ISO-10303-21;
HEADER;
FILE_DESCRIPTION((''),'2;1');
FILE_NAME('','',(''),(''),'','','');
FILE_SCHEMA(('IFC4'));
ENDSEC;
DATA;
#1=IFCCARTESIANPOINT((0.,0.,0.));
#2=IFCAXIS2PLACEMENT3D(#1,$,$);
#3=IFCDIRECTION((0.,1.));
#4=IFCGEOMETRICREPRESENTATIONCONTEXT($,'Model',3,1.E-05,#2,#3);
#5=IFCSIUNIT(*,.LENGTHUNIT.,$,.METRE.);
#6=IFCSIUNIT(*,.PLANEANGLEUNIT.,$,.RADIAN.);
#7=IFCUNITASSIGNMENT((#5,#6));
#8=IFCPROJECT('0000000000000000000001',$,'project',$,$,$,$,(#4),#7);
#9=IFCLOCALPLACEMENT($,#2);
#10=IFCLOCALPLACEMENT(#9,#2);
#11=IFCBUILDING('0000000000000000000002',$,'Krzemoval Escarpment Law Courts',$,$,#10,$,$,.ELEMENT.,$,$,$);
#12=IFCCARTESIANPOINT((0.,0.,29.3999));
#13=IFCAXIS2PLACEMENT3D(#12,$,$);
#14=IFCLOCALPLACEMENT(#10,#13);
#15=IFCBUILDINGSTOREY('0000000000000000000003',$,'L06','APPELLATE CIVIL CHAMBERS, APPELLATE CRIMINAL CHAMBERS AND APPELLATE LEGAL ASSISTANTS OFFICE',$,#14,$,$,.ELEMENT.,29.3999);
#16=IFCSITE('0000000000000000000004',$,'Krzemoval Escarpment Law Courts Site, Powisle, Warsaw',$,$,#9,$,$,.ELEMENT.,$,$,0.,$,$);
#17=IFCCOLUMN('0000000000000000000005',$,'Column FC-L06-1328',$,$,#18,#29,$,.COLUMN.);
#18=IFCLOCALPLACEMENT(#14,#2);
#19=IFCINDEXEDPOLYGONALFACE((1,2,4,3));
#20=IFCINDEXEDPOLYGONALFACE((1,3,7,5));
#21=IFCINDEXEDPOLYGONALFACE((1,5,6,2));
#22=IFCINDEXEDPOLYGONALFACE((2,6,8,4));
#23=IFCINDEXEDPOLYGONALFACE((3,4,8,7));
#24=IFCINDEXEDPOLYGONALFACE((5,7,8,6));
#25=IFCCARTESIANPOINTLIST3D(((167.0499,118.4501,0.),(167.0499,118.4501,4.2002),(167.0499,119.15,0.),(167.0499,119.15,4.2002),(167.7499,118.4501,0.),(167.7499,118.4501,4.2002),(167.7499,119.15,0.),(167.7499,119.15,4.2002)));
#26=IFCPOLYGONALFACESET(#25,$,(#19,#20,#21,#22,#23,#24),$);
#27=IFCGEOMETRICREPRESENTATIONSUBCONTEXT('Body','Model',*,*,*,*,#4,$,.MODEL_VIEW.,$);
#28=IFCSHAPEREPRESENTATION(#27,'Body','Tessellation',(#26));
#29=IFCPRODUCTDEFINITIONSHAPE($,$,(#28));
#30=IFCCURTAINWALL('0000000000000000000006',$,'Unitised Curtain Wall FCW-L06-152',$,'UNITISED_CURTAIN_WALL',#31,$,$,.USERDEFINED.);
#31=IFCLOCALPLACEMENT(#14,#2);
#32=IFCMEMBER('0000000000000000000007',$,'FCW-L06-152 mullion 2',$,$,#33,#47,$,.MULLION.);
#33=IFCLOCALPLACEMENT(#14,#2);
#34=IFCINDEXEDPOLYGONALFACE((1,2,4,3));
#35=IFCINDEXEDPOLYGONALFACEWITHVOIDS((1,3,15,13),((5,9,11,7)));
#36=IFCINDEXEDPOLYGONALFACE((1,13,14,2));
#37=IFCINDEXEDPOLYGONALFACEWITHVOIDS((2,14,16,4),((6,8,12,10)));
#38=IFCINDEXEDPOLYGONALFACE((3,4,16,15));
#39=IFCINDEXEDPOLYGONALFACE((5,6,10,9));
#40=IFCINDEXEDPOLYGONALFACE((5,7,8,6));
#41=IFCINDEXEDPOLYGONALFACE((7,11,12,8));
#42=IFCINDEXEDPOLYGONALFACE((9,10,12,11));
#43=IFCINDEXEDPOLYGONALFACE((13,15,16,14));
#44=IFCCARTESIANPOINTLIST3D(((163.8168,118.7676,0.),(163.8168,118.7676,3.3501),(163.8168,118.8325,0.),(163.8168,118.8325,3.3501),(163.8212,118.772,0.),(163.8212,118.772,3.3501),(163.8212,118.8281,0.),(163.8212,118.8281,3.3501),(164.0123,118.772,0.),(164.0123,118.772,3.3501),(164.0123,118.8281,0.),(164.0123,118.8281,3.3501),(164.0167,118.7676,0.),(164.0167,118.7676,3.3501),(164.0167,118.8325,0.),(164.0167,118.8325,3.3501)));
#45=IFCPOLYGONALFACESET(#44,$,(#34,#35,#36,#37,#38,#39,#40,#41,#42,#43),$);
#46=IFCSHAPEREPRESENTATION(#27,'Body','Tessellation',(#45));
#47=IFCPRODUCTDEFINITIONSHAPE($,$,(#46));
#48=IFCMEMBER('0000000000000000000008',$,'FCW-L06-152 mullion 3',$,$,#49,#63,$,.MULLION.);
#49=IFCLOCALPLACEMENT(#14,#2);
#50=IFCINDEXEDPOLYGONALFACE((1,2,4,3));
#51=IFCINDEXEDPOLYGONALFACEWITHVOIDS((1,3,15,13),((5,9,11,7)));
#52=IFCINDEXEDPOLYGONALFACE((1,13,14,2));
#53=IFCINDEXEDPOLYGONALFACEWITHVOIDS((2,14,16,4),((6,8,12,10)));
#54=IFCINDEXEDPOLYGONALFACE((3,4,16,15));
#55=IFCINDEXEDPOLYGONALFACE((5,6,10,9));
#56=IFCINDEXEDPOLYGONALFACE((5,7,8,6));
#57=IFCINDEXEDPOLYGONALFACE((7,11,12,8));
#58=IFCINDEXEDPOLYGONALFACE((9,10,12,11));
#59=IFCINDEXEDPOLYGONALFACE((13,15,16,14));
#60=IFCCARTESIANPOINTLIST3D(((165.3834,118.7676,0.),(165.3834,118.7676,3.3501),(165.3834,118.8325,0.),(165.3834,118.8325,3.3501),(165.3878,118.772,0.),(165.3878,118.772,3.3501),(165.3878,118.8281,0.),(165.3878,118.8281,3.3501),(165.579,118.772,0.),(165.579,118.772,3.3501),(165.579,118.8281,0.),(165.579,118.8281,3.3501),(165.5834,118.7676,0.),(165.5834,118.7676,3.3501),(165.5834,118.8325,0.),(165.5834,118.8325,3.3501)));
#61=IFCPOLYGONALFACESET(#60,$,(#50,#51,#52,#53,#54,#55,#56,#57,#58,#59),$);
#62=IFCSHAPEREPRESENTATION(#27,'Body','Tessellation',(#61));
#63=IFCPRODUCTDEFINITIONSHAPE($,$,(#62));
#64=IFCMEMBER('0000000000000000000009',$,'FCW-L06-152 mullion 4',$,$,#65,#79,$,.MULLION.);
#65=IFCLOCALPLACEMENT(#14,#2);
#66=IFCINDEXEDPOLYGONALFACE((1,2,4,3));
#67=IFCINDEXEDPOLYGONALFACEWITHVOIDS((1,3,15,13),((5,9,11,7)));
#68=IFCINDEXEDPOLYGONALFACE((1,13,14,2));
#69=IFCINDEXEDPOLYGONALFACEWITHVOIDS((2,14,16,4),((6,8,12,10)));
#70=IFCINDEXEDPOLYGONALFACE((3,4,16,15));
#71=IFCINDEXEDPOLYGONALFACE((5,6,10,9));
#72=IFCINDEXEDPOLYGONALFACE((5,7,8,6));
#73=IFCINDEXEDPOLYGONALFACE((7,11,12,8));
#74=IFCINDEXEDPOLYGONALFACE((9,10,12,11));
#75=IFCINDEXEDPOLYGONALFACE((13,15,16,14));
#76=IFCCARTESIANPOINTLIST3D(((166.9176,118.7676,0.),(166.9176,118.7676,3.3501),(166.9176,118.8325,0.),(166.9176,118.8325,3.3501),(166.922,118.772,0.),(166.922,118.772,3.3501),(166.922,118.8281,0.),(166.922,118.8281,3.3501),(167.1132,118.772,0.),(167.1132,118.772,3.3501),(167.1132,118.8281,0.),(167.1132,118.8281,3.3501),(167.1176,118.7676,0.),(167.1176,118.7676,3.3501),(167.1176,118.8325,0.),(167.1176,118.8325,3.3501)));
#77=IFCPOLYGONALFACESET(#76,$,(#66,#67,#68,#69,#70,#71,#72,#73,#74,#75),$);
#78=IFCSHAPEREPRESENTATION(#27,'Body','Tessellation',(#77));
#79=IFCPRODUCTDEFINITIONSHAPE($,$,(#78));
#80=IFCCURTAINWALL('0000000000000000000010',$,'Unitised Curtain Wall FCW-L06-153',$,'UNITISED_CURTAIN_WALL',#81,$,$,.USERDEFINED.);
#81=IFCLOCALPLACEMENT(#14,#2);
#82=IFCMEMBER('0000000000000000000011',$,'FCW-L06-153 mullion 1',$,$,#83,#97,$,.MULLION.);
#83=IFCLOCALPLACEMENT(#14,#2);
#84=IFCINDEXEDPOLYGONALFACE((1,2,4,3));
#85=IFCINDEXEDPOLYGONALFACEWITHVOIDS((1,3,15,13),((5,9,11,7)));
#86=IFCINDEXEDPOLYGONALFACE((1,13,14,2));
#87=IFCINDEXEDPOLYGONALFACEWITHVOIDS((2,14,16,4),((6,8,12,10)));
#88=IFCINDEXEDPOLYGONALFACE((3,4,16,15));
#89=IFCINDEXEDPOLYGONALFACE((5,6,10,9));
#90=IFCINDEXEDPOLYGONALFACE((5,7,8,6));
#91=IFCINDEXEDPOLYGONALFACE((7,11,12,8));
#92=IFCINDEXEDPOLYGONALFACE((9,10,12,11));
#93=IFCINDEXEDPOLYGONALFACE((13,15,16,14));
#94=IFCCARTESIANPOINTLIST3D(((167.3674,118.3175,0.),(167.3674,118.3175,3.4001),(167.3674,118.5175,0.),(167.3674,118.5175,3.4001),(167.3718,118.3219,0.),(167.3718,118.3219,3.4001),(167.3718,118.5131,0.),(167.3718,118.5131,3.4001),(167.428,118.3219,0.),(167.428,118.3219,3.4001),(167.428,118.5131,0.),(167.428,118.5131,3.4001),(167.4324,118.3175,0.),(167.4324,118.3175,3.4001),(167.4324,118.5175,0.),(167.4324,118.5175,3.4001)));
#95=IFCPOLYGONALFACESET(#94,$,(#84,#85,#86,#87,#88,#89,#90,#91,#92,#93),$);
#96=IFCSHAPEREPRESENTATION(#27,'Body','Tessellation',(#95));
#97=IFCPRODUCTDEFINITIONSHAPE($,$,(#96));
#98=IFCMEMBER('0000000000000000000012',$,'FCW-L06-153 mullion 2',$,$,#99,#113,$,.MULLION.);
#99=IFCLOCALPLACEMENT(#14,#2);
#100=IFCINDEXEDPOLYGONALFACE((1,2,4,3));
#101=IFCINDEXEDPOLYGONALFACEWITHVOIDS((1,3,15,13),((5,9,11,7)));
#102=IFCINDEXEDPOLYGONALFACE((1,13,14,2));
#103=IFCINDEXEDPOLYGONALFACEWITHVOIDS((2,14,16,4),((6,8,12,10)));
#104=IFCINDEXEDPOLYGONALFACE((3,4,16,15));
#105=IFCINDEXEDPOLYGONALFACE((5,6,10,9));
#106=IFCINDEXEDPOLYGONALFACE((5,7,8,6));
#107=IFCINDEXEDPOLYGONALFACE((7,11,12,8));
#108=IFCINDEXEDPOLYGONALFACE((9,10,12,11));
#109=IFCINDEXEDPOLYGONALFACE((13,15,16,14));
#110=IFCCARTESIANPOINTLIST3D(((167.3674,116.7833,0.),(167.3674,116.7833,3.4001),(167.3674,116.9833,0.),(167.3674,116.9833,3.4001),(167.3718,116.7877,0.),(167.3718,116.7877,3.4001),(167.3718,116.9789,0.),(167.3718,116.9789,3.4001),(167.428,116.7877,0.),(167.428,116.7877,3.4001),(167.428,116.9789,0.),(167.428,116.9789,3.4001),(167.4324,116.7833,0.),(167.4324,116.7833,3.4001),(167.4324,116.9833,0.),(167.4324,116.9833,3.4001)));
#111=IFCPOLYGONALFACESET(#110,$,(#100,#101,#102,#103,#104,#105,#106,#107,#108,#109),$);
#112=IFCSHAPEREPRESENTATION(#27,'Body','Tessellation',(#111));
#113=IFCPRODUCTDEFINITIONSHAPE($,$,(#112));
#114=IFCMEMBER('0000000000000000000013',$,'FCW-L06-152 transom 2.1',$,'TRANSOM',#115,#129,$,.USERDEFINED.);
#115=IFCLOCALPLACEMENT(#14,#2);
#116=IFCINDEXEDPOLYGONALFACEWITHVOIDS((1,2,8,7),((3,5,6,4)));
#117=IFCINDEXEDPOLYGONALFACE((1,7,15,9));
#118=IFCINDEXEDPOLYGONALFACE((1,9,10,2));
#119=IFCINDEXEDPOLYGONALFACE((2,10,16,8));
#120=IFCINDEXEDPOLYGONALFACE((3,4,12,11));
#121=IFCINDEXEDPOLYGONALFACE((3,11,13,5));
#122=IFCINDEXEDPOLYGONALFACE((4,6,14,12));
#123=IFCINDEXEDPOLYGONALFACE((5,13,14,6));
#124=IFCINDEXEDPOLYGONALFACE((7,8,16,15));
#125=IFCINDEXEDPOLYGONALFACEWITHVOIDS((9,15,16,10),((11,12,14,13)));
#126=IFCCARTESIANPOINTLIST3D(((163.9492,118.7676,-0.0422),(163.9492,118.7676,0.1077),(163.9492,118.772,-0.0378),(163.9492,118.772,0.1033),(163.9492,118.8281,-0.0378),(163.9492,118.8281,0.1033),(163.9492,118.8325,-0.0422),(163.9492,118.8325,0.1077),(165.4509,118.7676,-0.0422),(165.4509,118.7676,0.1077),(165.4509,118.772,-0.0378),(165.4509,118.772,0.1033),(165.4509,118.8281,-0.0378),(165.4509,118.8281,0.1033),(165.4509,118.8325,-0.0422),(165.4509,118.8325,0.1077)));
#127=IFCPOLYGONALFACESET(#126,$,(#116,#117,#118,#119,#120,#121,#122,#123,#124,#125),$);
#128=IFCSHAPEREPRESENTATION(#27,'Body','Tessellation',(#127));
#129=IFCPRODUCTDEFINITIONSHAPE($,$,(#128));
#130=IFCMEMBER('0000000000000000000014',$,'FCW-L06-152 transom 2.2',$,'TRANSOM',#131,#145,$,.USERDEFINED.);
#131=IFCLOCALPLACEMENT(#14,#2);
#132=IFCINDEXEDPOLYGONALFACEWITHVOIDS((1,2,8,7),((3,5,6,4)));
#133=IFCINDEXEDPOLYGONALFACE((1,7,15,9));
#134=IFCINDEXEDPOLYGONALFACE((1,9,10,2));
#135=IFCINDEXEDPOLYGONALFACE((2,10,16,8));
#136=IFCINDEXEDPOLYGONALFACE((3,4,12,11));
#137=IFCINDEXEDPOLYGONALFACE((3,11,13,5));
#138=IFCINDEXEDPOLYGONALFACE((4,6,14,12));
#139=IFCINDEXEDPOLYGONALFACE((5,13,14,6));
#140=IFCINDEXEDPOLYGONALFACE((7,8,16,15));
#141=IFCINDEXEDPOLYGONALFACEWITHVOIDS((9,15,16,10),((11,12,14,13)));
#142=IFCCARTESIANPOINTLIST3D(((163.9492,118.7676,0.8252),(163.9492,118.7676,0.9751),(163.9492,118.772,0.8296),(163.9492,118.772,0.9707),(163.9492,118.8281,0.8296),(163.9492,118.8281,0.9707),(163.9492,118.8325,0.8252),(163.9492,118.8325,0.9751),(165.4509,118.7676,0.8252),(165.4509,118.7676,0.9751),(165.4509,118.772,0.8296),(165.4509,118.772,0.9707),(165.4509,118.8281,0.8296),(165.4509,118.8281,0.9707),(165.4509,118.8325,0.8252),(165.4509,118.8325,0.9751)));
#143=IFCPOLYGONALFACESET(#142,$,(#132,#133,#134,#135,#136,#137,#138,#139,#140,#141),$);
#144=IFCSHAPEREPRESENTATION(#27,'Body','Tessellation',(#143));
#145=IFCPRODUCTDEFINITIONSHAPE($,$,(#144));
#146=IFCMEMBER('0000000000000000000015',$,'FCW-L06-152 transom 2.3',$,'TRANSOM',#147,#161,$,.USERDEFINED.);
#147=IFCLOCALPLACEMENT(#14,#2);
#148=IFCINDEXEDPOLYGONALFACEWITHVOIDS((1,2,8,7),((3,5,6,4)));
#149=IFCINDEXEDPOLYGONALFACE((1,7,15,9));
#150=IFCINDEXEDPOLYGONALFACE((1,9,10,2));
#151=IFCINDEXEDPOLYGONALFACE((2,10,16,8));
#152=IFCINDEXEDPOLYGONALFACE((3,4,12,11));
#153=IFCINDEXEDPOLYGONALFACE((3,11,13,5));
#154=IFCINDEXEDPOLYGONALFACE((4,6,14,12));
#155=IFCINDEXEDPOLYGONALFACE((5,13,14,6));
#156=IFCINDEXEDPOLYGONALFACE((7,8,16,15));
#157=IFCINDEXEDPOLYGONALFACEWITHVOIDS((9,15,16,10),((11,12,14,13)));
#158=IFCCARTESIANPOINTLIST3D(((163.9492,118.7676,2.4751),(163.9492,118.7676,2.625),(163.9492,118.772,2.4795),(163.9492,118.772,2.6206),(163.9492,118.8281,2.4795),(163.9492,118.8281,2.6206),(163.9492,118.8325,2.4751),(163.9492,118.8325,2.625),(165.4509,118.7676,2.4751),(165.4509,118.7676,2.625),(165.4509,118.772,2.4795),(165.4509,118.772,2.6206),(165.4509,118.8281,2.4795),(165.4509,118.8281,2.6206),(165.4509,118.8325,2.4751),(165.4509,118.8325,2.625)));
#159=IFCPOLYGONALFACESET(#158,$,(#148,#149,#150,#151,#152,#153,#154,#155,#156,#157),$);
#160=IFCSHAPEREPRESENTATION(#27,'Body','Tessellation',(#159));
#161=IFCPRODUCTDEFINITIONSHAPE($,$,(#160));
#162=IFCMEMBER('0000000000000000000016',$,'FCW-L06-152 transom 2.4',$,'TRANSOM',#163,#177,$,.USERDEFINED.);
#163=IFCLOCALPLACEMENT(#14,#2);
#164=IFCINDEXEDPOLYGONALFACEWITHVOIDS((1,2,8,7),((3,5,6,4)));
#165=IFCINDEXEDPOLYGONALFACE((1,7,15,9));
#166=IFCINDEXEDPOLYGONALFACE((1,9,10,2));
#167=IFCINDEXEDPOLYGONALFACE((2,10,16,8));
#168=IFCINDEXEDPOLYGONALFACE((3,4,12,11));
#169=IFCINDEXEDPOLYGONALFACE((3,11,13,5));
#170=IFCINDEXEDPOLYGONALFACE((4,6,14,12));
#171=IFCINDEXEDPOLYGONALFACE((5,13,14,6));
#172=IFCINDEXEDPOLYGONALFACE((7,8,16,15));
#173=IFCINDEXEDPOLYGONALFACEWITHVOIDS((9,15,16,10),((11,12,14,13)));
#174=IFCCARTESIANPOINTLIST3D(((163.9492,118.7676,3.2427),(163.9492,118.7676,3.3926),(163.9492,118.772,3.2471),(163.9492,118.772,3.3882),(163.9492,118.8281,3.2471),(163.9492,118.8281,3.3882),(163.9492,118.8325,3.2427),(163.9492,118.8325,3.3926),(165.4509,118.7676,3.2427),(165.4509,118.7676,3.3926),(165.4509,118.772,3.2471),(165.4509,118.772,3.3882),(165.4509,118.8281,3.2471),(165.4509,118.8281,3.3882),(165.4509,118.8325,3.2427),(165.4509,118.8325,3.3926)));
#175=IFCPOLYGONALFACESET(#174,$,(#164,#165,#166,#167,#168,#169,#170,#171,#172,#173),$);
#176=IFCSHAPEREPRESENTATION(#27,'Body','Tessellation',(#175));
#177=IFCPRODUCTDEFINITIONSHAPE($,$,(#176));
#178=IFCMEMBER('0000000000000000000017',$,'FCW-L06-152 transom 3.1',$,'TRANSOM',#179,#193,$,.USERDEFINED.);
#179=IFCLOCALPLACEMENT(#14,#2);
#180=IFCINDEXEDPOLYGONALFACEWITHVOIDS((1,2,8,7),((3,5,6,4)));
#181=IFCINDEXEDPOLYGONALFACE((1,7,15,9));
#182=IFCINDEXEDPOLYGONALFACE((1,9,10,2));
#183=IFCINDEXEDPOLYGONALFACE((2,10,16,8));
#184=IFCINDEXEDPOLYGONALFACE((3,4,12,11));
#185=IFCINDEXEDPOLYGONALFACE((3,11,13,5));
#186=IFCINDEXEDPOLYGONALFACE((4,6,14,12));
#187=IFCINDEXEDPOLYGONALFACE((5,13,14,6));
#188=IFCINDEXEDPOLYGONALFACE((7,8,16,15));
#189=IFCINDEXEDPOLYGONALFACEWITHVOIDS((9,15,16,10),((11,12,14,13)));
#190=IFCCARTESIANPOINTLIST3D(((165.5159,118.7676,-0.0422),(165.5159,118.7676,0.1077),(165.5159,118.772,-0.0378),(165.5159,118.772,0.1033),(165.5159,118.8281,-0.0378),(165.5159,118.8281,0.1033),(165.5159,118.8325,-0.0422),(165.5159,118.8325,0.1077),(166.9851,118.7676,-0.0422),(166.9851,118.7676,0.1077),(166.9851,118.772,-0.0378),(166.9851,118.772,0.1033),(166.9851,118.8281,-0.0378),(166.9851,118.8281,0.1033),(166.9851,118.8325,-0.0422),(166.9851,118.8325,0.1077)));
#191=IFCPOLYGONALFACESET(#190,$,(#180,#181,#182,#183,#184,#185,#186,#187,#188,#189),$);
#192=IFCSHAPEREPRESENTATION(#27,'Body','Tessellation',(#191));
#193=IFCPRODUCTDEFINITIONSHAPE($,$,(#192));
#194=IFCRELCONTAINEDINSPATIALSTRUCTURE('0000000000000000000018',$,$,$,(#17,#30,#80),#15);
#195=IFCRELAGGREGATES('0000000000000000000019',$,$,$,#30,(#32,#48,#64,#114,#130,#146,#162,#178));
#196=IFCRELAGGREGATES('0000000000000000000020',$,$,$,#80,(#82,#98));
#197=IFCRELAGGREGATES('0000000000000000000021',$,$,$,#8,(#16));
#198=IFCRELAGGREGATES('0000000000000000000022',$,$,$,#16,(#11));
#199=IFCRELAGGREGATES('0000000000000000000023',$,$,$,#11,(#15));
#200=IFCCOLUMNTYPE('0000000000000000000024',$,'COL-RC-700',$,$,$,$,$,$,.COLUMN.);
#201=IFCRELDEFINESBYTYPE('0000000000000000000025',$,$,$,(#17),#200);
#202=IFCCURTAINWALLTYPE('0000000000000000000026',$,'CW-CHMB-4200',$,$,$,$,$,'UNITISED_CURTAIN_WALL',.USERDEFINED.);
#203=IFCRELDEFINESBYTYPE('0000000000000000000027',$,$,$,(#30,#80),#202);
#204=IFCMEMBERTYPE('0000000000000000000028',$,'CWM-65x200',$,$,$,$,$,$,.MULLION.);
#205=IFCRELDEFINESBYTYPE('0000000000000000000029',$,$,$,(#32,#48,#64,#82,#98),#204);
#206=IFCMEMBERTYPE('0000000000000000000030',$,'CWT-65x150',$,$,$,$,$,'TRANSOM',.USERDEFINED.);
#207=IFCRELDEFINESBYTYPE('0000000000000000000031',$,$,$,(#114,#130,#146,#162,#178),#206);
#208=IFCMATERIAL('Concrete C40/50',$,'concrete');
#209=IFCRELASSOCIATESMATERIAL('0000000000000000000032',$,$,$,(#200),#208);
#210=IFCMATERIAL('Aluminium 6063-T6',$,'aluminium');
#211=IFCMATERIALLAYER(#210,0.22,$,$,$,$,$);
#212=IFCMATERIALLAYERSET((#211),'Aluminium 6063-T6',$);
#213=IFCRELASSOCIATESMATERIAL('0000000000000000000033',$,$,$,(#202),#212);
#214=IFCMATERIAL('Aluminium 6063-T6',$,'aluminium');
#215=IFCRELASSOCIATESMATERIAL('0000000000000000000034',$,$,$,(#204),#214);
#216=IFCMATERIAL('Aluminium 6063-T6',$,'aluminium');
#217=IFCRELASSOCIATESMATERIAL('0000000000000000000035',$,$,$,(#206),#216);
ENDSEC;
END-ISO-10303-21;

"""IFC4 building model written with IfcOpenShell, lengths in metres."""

from ifc_helpers import new_model, si_unit, direction, frame, origin, origin_2d, place, context, subcontext, project, spatial, rectangle, hollow_rectangle, extrude, material, layer, layer_set, material_profile, profile_set, type_object, element, aggregate, save


model = new_model("IFC4")

# Units and contexts
model_context = context("Model", 3, precision=1e-05, world=origin(), true_north=direction((0.0, 1.0)))
body_context = subcontext(model_context, "Body", "Model", "MODEL_VIEW")
ifc_project = project(units=[si_unit("LENGTHUNIT", "METRE"), si_unit("PLANEANGLEUNIT", "RADIAN")], contexts=[model_context])

# Site, building, storey
site_placement = place(None, origin())
site = spatial("IfcSite", under=ifc_project, at=site_placement, Name="Krzemoval Escarpment Law Courts Site, Powisle, Warsaw", CompositionType="ELEMENT", RefElevation=0.0)
building_placement = place(site_placement, origin())
building = spatial("IfcBuilding", under=site, at=building_placement, Name="Krzemoval Escarpment Law Courts", CompositionType="ELEMENT")
storey_placement = place(building_placement, frame((0.0, 0.0, 29.3999)))
storey = spatial("IfcBuildingStorey", under=building, at=storey_placement, Name="L06", Description="APPELLATE CIVIL CHAMBERS, APPELLATE CRIMINAL CHAMBERS AND APPELLATE LEGAL ASSISTANTS OFFICE", CompositionType="ELEMENT", Elevation=29.3999)

# Column
ifc_material_1 = material(Name="Concrete C40/50", Category="concrete")
ifc_material_profile_1 = material_profile(ifc_material_1, rectangle(XDim=0.7, YDim=0.7, at=origin_2d()), Name="RC 700x700")
ifc_profile_set_1 = profile_set([ifc_material_profile_1], Name="Concrete C40/50")
column_type = type_object("IfcColumnType", Name="COL-RC-700", PredefinedType="COLUMN", material=ifc_profile_set_1)
column_placement = place(storey_placement, frame((167.3999, 118.8, 0.0), z_axis=(0.0, 0.0, 1.0), x_axis=(1.0, 0.0, 0.0)))
element("IfcColumn", 1, at=column_placement, inside=storey, type_object=column_type, Name="Column FC-L06-1328", PredefinedType="COLUMN", context=body_context, shape_type="SweptSolid", body=[
    extrude(rectangle(XDim=0.7, YDim=0.7, at=origin_2d()), origin(), (0.0, 0.0, 1.0), 4.2002),
])

# Curtain walls, members
ifc_material_2 = material(Name="Aluminium 6063-T6", Category="aluminium")
ifc_layer_1 = layer(ifc_material_2, 0.22)
ifc_layer_set_1 = layer_set([ifc_layer_1], Name="Aluminium 6063-T6")
curtain_wall_type = type_object("IfcCurtainWallType", Name="CW-CHMB-4200", ElementType="UNITISED_CURTAIN_WALL", PredefinedType="USERDEFINED", material=ifc_layer_set_1)
curtain_wall_1_placement = place(storey_placement, origin())
curtain_wall_1 = element("IfcCurtainWall", 2, at=curtain_wall_1_placement, inside=storey, type_object=curtain_wall_type, Name="Unitised Curtain Wall FCW-L06-152", ObjectType="UNITISED_CURTAIN_WALL", PredefinedType="USERDEFINED")
ifc_material_3 = material(Name="Aluminium 6063-T6", Category="aluminium")
ifc_material_profile_2 = material_profile(ifc_material_3, hollow_rectangle(XDim=0.0649, YDim=0.2, WallThickness=0.0044, at=origin_2d()), Name="ALU M65x200")
ifc_profile_set_2 = profile_set([ifc_material_profile_2], Name="Aluminium 6063-T6")
member_type_1 = type_object("IfcMemberType", Name="CWM-65x200", PredefinedType="MULLION", material=ifc_profile_set_2)
member_1_placement = place(storey_placement, frame((163.9167, 118.8, 0.0), z_axis=(0.0, 0.0, 1.0), x_axis=(0.0, 1.0, 0.0)))
member_1 = element("IfcMember", 3, at=member_1_placement, type_object=member_type_1, Name="FCW-L06-152 mullion 2", PredefinedType="MULLION", context=body_context, shape_type="SweptSolid", body=[
    extrude(hollow_rectangle(XDim=0.0649, YDim=0.2, WallThickness=0.0044, at=origin_2d()), origin(), (0.0, 0.0, 1.0), 3.3501),
])
member_2_placement = place(storey_placement, frame((165.4834, 118.8, 0.0), z_axis=(0.0, 0.0, 1.0), x_axis=(0.0, 1.0, 0.0)))
member_2 = element("IfcMember", 4, at=member_2_placement, type_object=member_type_1, Name="FCW-L06-152 mullion 3", PredefinedType="MULLION", context=body_context, shape_type="SweptSolid", body=[
    extrude(hollow_rectangle(XDim=0.0649, YDim=0.2, WallThickness=0.0044, at=origin_2d()), origin(), (0.0, 0.0, 1.0), 3.3501),
])
member_3_placement = place(storey_placement, frame((167.0176, 118.8, 0.0), z_axis=(0.0, 0.0, 1.0), x_axis=(0.0, 1.0, 0.0)))
member_3 = element("IfcMember", 5, at=member_3_placement, type_object=member_type_1, Name="FCW-L06-152 mullion 4", PredefinedType="MULLION", context=body_context, shape_type="SweptSolid", body=[
    extrude(hollow_rectangle(XDim=0.0649, YDim=0.2, WallThickness=0.0044, at=origin_2d()), origin(), (0.0, 0.0, 1.0), 3.3501),
])
curtain_wall_2_placement = place(storey_placement, origin())
curtain_wall_2 = element("IfcCurtainWall", 6, at=curtain_wall_2_placement, inside=storey, type_object=curtain_wall_type, Name="Unitised Curtain Wall FCW-L06-153", ObjectType="UNITISED_CURTAIN_WALL", PredefinedType="USERDEFINED")
member_4_placement = place(storey_placement, frame((167.3999, 118.4175, 0.0), z_axis=(0.0, 0.0, 1.0), x_axis=(1.0, 0.0, 0.0)))
member_4 = element("IfcMember", 7, at=member_4_placement, type_object=member_type_1, Name="FCW-L06-153 mullion 1", PredefinedType="MULLION", context=body_context, shape_type="SweptSolid", body=[
    extrude(hollow_rectangle(XDim=0.0649, YDim=0.2, WallThickness=0.0044, at=origin_2d()), origin(), (0.0, 0.0, 1.0), 3.4001),
])
member_5_placement = place(storey_placement, frame((167.3999, 116.8833, 0.0), z_axis=(0.0, 0.0, 1.0), x_axis=(1.0, 0.0, 0.0)))
member_5 = element("IfcMember", 8, at=member_5_placement, type_object=member_type_1, Name="FCW-L06-153 mullion 2", PredefinedType="MULLION", context=body_context, shape_type="SweptSolid", body=[
    extrude(hollow_rectangle(XDim=0.0649, YDim=0.2, WallThickness=0.0044, at=origin_2d()), origin(), (0.0, 0.0, 1.0), 3.4001),
])

# Members
ifc_material_4 = material(Name="Aluminium 6063-T6", Category="aluminium")
ifc_material_profile_3 = material_profile(ifc_material_4, hollow_rectangle(XDim=0.0649, YDim=0.1499, WallThickness=0.0044, at=origin_2d()), Name="ALU T65x150")
ifc_profile_set_3 = profile_set([ifc_material_profile_3], Name="Aluminium 6063-T6")
member_type_2 = type_object("IfcMemberType", Name="CWT-65x150", ElementType="TRANSOM", PredefinedType="USERDEFINED", material=ifc_profile_set_3)
member_6_placement = place(storey_placement, frame((163.9492, 118.8, 0.0327), z_axis=(1.0, 0.0, 0.0), x_axis=(0.0, 1.0, 0.0)))
member_6 = element("IfcMember", 9, at=member_6_placement, type_object=member_type_2, Name="FCW-L06-152 transom 2.1", ObjectType="TRANSOM", PredefinedType="USERDEFINED", context=body_context, shape_type="SweptSolid", body=[
    extrude(hollow_rectangle(XDim=0.0649, YDim=0.1499, WallThickness=0.0044, at=origin_2d()), origin(), (0.0, 0.0, 1.0), 1.5017),
])
member_7_placement = place(storey_placement, frame((163.9492, 118.8, 0.9001), z_axis=(1.0, 0.0, 0.0), x_axis=(0.0, 1.0, 0.0)))
member_7 = element("IfcMember", 10, at=member_7_placement, type_object=member_type_2, Name="FCW-L06-152 transom 2.2", ObjectType="TRANSOM", PredefinedType="USERDEFINED", context=body_context, shape_type="SweptSolid", body=[
    extrude(hollow_rectangle(XDim=0.0649, YDim=0.1499, WallThickness=0.0044, at=origin_2d()), origin(), (0.0, 0.0, 1.0), 1.5017),
])
member_8_placement = place(storey_placement, frame((163.9492, 118.8, 2.55), z_axis=(1.0, 0.0, 0.0), x_axis=(0.0, 1.0, 0.0)))
member_8 = element("IfcMember", 11, at=member_8_placement, type_object=member_type_2, Name="FCW-L06-152 transom 2.3", ObjectType="TRANSOM", PredefinedType="USERDEFINED", context=body_context, shape_type="SweptSolid", body=[
    extrude(hollow_rectangle(XDim=0.0649, YDim=0.1499, WallThickness=0.0044, at=origin_2d()), origin(), (0.0, 0.0, 1.0), 1.5017),
])
member_9_placement = place(storey_placement, frame((163.9492, 118.8, 3.3176), z_axis=(1.0, 0.0, 0.0), x_axis=(0.0, 1.0, 0.0)))
member_9 = element("IfcMember", 12, at=member_9_placement, type_object=member_type_2, Name="FCW-L06-152 transom 2.4", ObjectType="TRANSOM", PredefinedType="USERDEFINED", context=body_context, shape_type="SweptSolid", body=[
    extrude(hollow_rectangle(XDim=0.0649, YDim=0.1499, WallThickness=0.0044, at=origin_2d()), origin(), (0.0, 0.0, 1.0), 1.5017),
])
member_10_placement = place(storey_placement, frame((165.5159, 118.8, 0.0327), z_axis=(1.0, 0.0, 0.0), x_axis=(0.0, 1.0, 0.0)))
member_10 = element("IfcMember", 13, at=member_10_placement, type_object=member_type_2, Name="FCW-L06-152 transom 3.1", ObjectType="TRANSOM", PredefinedType="USERDEFINED", context=body_context, shape_type="SweptSolid", body=[
    extrude(hollow_rectangle(XDim=0.0649, YDim=0.1499, WallThickness=0.0044, at=origin_2d()), origin(), (0.0, 0.0, 1.0), 1.4692),
])

aggregate(curtain_wall_1, [member_1, member_2, member_3, member_6, member_7, member_8, member_9, member_10])
aggregate(curtain_wall_2, [member_4, member_5])

save(model, "model.ifc")
